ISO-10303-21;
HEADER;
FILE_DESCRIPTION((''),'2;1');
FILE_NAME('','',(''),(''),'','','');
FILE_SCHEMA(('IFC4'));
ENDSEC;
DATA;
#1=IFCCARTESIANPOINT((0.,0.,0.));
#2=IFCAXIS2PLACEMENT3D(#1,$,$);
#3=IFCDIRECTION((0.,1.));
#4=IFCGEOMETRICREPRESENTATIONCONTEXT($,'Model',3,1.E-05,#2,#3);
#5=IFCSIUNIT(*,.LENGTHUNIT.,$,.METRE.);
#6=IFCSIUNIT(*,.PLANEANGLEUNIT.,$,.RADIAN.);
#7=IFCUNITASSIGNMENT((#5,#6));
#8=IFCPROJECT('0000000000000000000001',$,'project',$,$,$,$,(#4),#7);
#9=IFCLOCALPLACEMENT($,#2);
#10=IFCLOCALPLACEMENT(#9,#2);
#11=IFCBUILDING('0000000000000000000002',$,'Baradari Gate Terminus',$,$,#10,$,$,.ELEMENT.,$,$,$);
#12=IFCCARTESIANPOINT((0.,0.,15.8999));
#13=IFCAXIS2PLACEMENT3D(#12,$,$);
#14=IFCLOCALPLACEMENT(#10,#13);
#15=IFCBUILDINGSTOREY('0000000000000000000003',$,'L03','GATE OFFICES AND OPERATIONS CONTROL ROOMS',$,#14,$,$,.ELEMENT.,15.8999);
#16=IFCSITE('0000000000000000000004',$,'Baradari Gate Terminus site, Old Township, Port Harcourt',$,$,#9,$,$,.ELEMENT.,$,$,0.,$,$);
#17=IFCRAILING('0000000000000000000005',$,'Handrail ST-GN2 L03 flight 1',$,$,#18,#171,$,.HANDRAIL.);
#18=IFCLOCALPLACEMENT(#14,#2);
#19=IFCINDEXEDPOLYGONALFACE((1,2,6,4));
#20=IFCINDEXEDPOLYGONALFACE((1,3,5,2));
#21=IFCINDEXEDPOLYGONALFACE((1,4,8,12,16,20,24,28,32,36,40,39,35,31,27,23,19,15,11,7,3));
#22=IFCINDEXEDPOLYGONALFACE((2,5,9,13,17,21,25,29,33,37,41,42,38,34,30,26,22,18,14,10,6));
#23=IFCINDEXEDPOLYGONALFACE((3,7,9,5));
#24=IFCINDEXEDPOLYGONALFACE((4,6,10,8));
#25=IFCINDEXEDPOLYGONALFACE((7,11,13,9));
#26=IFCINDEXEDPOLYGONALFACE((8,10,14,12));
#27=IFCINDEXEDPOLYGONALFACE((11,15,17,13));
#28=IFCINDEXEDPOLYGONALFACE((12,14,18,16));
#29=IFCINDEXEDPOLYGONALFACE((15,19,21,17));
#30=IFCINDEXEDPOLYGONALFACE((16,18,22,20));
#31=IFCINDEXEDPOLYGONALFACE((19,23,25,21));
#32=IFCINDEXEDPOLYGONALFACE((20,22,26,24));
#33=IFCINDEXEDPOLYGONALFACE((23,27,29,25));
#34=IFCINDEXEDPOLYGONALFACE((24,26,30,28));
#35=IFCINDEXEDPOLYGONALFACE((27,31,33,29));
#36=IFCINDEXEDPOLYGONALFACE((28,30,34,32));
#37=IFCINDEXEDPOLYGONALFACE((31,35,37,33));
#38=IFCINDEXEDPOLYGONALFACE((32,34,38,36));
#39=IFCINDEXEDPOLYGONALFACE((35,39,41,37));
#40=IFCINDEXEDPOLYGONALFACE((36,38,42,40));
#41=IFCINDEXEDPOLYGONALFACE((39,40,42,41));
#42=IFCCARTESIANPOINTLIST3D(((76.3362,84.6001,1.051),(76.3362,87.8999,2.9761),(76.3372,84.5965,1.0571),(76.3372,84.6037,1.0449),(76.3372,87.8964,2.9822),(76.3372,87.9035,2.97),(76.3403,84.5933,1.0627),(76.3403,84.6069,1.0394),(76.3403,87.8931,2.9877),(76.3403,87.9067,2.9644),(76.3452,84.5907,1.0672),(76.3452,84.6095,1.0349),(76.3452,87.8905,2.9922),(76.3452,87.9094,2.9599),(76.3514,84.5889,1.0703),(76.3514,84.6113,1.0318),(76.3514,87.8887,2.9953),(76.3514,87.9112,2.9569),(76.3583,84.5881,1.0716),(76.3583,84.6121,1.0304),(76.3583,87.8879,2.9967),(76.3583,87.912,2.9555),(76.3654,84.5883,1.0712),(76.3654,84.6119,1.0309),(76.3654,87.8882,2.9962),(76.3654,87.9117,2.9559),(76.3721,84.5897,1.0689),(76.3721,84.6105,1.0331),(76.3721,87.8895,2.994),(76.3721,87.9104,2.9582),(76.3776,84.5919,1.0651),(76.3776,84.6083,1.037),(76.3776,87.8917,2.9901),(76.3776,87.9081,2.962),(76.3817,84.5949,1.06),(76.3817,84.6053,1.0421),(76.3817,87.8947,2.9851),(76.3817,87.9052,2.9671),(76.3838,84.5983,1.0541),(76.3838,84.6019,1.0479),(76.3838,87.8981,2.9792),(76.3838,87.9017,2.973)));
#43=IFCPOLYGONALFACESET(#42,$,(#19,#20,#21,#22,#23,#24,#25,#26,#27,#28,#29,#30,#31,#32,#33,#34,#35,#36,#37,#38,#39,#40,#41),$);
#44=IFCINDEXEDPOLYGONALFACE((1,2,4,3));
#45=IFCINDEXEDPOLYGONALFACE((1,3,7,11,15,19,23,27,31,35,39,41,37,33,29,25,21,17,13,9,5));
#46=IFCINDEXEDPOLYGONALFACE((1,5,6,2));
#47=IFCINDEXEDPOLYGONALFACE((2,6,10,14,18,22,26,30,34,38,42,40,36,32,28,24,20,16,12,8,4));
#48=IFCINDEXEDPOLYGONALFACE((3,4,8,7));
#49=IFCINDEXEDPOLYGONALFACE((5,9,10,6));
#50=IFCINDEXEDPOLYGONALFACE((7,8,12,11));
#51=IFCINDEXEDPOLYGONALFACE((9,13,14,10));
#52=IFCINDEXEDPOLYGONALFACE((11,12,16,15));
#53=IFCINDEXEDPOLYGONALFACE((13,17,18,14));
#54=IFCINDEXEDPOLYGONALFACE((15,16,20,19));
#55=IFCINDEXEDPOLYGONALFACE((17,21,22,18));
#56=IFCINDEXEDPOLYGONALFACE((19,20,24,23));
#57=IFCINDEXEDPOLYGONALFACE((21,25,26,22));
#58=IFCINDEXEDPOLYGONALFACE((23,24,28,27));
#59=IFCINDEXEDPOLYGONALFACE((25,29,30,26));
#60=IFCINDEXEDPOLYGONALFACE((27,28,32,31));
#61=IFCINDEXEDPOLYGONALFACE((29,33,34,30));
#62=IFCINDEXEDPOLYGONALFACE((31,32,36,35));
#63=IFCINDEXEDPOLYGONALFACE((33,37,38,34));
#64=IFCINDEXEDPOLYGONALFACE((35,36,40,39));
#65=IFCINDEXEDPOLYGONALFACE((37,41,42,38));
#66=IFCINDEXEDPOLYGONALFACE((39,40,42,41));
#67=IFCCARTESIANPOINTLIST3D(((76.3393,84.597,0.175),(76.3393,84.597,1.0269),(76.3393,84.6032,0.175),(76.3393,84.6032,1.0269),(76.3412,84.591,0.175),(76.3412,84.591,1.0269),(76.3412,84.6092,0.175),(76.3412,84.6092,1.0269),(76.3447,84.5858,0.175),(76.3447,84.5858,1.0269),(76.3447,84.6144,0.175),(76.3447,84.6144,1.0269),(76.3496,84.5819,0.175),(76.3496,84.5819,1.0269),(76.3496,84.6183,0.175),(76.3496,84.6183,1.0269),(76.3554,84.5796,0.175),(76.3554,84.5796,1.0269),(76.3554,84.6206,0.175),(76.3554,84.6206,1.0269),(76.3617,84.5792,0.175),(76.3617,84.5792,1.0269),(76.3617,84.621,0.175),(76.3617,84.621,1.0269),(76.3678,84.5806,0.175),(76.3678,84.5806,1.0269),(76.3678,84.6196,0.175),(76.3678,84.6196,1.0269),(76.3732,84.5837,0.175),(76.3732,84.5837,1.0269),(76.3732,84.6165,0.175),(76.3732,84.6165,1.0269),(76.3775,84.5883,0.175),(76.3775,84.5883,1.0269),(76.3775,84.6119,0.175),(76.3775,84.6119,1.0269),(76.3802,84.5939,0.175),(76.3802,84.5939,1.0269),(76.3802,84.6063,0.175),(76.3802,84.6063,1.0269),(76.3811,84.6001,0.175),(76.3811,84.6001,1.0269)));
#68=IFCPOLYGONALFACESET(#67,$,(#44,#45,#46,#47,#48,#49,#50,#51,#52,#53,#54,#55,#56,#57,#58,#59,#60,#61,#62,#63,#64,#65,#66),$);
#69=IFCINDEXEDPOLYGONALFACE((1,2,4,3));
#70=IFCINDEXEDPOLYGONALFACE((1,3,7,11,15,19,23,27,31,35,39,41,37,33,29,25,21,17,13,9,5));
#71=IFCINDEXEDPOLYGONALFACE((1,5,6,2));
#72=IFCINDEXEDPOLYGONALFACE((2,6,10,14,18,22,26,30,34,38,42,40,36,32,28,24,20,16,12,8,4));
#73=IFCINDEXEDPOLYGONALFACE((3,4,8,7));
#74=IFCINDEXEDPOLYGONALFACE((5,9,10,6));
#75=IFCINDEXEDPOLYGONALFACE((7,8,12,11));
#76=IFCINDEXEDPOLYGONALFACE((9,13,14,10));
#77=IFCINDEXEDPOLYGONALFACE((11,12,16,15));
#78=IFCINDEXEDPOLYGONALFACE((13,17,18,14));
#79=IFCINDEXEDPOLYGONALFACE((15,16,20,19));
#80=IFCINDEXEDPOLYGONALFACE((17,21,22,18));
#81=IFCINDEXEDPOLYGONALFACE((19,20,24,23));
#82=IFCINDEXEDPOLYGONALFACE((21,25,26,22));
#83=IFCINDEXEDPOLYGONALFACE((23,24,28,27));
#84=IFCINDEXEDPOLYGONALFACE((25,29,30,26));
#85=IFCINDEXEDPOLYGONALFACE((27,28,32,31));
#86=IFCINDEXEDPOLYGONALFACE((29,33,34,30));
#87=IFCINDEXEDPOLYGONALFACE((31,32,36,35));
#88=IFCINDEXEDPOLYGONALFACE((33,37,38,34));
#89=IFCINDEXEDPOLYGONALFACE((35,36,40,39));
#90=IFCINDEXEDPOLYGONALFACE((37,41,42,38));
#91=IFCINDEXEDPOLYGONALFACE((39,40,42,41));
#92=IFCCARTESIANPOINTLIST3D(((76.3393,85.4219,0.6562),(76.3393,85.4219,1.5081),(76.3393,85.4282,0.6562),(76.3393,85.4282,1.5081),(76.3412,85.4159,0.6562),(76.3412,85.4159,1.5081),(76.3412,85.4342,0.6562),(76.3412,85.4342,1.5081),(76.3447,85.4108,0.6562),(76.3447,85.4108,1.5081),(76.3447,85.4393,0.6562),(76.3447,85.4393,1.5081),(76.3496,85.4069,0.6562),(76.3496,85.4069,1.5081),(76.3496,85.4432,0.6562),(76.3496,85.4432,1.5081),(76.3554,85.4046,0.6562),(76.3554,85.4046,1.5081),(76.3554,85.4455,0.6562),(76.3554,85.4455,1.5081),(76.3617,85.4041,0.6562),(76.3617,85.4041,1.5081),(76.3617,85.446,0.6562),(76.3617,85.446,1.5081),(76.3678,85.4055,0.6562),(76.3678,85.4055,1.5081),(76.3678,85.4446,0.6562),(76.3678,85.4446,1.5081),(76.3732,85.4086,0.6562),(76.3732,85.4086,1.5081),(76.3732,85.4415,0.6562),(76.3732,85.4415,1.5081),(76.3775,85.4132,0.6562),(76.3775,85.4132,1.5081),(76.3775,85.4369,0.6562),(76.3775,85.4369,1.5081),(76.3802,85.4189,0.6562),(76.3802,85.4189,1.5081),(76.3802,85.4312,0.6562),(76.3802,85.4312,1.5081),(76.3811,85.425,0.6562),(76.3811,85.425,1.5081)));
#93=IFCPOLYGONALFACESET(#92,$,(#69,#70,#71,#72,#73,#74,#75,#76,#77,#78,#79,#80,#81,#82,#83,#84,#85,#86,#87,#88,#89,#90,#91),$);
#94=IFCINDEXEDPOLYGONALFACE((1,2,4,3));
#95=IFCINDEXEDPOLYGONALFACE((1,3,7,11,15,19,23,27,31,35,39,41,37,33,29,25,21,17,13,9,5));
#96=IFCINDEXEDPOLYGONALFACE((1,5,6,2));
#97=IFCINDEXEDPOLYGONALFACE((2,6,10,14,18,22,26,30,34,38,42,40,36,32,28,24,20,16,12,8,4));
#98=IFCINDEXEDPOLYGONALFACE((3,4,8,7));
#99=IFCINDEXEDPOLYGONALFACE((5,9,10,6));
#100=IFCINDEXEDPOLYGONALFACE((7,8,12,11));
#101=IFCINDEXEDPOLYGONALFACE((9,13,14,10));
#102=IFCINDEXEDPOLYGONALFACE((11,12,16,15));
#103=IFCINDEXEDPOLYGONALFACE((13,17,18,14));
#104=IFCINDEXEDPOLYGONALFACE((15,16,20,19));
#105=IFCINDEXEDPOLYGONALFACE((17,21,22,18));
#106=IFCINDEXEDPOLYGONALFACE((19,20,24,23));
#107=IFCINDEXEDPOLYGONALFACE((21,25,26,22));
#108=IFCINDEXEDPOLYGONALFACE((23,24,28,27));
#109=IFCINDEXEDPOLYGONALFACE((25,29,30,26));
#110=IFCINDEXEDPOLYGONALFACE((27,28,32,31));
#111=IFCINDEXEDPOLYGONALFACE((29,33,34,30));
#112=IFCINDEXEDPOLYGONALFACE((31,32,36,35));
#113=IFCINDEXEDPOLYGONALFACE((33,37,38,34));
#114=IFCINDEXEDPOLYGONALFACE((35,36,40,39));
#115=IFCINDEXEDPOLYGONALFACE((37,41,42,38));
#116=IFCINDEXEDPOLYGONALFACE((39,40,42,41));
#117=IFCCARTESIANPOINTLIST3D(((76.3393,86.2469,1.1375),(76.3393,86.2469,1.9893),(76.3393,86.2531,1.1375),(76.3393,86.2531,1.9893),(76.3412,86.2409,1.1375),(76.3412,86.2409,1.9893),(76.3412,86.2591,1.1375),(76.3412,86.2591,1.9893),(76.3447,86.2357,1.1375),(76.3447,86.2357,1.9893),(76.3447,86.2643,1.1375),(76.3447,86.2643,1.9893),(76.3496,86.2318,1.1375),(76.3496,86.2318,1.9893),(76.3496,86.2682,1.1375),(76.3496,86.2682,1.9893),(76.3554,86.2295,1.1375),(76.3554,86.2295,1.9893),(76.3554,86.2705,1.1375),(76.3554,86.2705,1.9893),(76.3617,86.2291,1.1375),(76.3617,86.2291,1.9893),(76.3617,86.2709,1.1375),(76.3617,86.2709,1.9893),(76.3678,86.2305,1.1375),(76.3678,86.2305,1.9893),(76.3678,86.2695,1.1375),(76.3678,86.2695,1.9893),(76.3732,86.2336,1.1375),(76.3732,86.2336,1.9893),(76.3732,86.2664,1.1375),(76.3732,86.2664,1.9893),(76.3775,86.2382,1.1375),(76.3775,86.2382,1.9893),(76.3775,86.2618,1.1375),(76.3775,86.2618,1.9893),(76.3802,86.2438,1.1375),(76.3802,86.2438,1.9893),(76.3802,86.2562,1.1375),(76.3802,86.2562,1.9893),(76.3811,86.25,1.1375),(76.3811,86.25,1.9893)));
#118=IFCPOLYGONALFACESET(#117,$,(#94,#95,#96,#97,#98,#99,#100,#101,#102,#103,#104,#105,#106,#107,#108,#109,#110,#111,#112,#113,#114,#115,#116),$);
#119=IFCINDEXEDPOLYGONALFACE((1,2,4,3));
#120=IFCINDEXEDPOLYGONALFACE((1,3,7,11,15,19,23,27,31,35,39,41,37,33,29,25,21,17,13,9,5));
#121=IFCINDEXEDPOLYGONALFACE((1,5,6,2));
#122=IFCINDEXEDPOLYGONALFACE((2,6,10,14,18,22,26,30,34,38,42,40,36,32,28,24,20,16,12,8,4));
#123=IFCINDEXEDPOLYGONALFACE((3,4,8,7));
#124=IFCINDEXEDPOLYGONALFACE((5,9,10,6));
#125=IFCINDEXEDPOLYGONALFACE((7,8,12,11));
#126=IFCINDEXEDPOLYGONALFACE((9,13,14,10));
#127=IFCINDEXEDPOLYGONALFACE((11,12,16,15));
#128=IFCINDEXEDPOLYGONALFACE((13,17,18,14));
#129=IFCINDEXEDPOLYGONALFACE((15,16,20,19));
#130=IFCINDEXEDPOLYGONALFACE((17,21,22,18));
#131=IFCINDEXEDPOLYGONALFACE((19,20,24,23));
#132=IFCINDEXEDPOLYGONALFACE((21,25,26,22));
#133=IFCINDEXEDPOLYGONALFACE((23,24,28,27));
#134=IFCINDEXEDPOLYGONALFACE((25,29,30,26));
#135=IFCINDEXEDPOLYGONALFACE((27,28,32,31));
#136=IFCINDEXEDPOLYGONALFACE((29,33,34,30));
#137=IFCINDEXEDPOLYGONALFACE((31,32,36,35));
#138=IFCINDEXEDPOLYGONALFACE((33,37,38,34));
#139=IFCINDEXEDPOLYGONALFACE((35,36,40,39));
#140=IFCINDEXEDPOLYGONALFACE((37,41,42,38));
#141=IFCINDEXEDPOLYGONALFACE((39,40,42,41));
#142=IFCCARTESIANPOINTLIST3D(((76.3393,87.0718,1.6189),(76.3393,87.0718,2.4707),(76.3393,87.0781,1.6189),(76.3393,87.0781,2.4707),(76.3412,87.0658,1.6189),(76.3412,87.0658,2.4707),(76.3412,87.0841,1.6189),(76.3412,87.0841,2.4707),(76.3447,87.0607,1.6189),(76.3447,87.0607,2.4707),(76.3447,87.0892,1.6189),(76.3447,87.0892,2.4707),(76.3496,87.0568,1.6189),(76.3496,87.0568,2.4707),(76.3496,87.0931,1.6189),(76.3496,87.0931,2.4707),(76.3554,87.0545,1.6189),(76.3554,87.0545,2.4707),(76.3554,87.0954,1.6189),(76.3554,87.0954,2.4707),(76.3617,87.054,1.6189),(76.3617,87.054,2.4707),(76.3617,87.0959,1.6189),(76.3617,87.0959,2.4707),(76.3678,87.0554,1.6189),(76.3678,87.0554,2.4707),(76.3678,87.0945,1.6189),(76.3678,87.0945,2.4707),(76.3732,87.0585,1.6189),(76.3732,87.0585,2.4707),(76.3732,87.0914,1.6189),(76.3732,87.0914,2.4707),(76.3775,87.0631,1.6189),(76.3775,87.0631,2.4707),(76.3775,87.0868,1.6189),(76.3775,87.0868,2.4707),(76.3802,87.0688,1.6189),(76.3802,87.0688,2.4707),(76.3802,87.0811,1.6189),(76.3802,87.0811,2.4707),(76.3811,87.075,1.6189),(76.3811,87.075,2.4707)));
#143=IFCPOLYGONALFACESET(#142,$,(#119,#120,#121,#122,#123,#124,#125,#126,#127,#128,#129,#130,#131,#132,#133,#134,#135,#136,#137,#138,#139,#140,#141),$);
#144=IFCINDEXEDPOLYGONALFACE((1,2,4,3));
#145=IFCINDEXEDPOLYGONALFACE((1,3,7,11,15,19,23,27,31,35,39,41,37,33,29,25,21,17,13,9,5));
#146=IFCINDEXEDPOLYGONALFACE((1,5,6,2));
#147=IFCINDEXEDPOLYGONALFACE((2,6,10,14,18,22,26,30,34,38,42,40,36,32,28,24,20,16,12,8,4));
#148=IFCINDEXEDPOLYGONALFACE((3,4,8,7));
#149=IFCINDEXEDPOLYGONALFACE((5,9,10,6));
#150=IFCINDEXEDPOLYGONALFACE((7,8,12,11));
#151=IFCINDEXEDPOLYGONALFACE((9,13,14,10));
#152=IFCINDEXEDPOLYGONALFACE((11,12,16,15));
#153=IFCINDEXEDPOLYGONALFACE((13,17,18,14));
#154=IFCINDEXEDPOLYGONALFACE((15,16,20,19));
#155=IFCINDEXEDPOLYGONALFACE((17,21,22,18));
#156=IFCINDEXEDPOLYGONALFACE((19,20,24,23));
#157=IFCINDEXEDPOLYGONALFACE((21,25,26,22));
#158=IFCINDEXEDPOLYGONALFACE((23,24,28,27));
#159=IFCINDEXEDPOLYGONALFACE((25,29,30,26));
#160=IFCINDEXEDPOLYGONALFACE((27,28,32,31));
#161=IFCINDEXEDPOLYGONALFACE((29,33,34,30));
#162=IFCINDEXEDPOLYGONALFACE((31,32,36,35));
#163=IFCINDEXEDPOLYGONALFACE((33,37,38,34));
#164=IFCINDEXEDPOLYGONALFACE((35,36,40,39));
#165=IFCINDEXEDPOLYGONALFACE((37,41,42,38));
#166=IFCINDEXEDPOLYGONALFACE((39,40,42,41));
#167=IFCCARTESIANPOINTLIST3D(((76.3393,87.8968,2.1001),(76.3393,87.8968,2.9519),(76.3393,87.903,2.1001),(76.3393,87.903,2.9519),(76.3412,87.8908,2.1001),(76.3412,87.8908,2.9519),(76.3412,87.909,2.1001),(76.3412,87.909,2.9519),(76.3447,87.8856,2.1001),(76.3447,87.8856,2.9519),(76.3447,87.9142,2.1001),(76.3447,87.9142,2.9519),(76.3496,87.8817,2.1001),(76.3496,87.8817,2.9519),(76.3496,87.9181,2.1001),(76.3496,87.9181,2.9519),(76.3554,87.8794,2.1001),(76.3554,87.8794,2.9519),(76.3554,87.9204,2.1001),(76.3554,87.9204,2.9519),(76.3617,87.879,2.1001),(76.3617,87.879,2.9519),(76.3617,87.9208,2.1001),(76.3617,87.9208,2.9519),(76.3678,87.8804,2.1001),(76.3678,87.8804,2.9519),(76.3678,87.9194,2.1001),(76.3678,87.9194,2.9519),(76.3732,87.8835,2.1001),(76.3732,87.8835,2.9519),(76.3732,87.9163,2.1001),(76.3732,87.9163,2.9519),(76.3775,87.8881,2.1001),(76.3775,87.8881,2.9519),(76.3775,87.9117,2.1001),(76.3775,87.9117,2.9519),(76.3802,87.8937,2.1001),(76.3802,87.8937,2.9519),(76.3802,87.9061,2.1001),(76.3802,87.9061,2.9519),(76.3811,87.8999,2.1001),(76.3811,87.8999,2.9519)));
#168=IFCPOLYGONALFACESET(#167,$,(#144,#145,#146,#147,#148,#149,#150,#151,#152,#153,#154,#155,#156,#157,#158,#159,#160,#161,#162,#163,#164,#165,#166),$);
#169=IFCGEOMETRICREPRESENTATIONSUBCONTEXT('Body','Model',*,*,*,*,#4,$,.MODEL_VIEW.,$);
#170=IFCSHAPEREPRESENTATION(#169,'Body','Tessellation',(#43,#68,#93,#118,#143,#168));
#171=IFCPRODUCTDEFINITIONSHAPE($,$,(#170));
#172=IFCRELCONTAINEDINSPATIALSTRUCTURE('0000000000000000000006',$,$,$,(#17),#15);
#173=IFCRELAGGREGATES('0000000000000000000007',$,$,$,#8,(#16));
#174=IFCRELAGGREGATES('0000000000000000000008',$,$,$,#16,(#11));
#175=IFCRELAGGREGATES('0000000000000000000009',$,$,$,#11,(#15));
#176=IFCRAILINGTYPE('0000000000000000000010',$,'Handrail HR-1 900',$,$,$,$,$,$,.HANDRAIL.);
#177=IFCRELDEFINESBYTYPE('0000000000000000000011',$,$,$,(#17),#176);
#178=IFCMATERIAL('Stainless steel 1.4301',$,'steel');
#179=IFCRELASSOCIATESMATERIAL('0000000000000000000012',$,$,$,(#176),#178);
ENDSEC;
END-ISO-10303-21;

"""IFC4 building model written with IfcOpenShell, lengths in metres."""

from ifc_helpers import new_model, si_unit, direction, frame, origin, origin_2d, place, context, subcontext, project, spatial, circle, extrude, material, type_object, element, save


model = new_model("IFC4")

# Units and contexts
model_context = context("Model", 3, precision=1e-05, world=origin(), true_north=direction((0.0, 1.0)))
body_context = subcontext(model_context, "Body", "Model", "MODEL_VIEW")
ifc_project = project(units=[si_unit("LENGTHUNIT", "METRE"), si_unit("PLANEANGLEUNIT", "RADIAN")], contexts=[model_context])

# Site, building, storey
site_placement = place(None, origin())
site = spatial("IfcSite", under=ifc_project, at=site_placement, Name="Baradari Gate Terminus site, Old Township, Port Harcourt", CompositionType="ELEMENT", RefElevation=0.0)
building_placement = place(site_placement, origin())
building = spatial("IfcBuilding", under=site, at=building_placement, Name="Baradari Gate Terminus", CompositionType="ELEMENT")
storey_placement = place(building_placement, frame((0.0, 0.0, 15.8999)))
storey = spatial("IfcBuildingStorey", under=building, at=storey_placement, Name="L03", Description="GATE OFFICES AND OPERATIONS CONTROL ROOMS", CompositionType="ELEMENT", Elevation=15.8999)

# Railing
ifc_material_1 = material(Name="Stainless steel 1.4301", Category="steel")
railing_type = type_object("IfcRailingType", Name="Handrail HR-1 900", PredefinedType="HANDRAIL", material=ifc_material_1)
for number, where, name in (
    (1, (76.3601, 84.6001, 0.175), "Handrail ST-GN2 L03 flight 1"),
):
    element("IfcRailing", number, at=place(storey_placement, frame(where)), inside=storey, type_object=railing_type, Name=name, PredefinedType="HANDRAIL", context=body_context, shape_type="SweptSolid", body=[
        extrude(circle(Radius=0.0239, at=origin_2d()), frame((0.0, 0.0, 0.876), z_axis=(0.0, 0.86376, 0.503903), x_axis=(-1.0, 0.0, 0.0)), (0.0, 0.0, 1.0), 3.8203),
        extrude(circle(Radius=0.021, at=origin_2d()), origin(), (0.0, 0.0, 1.0), 0.8518),
        extrude(circle(Radius=0.021, at=origin_2d()), frame((0.0, 0.825, 0.4812)), (0.0, 0.0, 1.0), 0.8518),
        extrude(circle(Radius=0.021, at=origin_2d()), frame((0.0, 1.6499, 0.9624)), (0.0, 0.0, 1.0), 0.8518),
        extrude(circle(Radius=0.021, at=origin_2d()), frame((0.0, 2.4749, 1.4438)), (0.0, 0.0, 1.0), 0.8518),
        extrude(circle(Radius=0.021, at=origin_2d()), frame((0.0, 3.2998, 1.925)), (0.0, 0.0, 1.0), 0.8518),
    ])

save(model, "model.ifc")
